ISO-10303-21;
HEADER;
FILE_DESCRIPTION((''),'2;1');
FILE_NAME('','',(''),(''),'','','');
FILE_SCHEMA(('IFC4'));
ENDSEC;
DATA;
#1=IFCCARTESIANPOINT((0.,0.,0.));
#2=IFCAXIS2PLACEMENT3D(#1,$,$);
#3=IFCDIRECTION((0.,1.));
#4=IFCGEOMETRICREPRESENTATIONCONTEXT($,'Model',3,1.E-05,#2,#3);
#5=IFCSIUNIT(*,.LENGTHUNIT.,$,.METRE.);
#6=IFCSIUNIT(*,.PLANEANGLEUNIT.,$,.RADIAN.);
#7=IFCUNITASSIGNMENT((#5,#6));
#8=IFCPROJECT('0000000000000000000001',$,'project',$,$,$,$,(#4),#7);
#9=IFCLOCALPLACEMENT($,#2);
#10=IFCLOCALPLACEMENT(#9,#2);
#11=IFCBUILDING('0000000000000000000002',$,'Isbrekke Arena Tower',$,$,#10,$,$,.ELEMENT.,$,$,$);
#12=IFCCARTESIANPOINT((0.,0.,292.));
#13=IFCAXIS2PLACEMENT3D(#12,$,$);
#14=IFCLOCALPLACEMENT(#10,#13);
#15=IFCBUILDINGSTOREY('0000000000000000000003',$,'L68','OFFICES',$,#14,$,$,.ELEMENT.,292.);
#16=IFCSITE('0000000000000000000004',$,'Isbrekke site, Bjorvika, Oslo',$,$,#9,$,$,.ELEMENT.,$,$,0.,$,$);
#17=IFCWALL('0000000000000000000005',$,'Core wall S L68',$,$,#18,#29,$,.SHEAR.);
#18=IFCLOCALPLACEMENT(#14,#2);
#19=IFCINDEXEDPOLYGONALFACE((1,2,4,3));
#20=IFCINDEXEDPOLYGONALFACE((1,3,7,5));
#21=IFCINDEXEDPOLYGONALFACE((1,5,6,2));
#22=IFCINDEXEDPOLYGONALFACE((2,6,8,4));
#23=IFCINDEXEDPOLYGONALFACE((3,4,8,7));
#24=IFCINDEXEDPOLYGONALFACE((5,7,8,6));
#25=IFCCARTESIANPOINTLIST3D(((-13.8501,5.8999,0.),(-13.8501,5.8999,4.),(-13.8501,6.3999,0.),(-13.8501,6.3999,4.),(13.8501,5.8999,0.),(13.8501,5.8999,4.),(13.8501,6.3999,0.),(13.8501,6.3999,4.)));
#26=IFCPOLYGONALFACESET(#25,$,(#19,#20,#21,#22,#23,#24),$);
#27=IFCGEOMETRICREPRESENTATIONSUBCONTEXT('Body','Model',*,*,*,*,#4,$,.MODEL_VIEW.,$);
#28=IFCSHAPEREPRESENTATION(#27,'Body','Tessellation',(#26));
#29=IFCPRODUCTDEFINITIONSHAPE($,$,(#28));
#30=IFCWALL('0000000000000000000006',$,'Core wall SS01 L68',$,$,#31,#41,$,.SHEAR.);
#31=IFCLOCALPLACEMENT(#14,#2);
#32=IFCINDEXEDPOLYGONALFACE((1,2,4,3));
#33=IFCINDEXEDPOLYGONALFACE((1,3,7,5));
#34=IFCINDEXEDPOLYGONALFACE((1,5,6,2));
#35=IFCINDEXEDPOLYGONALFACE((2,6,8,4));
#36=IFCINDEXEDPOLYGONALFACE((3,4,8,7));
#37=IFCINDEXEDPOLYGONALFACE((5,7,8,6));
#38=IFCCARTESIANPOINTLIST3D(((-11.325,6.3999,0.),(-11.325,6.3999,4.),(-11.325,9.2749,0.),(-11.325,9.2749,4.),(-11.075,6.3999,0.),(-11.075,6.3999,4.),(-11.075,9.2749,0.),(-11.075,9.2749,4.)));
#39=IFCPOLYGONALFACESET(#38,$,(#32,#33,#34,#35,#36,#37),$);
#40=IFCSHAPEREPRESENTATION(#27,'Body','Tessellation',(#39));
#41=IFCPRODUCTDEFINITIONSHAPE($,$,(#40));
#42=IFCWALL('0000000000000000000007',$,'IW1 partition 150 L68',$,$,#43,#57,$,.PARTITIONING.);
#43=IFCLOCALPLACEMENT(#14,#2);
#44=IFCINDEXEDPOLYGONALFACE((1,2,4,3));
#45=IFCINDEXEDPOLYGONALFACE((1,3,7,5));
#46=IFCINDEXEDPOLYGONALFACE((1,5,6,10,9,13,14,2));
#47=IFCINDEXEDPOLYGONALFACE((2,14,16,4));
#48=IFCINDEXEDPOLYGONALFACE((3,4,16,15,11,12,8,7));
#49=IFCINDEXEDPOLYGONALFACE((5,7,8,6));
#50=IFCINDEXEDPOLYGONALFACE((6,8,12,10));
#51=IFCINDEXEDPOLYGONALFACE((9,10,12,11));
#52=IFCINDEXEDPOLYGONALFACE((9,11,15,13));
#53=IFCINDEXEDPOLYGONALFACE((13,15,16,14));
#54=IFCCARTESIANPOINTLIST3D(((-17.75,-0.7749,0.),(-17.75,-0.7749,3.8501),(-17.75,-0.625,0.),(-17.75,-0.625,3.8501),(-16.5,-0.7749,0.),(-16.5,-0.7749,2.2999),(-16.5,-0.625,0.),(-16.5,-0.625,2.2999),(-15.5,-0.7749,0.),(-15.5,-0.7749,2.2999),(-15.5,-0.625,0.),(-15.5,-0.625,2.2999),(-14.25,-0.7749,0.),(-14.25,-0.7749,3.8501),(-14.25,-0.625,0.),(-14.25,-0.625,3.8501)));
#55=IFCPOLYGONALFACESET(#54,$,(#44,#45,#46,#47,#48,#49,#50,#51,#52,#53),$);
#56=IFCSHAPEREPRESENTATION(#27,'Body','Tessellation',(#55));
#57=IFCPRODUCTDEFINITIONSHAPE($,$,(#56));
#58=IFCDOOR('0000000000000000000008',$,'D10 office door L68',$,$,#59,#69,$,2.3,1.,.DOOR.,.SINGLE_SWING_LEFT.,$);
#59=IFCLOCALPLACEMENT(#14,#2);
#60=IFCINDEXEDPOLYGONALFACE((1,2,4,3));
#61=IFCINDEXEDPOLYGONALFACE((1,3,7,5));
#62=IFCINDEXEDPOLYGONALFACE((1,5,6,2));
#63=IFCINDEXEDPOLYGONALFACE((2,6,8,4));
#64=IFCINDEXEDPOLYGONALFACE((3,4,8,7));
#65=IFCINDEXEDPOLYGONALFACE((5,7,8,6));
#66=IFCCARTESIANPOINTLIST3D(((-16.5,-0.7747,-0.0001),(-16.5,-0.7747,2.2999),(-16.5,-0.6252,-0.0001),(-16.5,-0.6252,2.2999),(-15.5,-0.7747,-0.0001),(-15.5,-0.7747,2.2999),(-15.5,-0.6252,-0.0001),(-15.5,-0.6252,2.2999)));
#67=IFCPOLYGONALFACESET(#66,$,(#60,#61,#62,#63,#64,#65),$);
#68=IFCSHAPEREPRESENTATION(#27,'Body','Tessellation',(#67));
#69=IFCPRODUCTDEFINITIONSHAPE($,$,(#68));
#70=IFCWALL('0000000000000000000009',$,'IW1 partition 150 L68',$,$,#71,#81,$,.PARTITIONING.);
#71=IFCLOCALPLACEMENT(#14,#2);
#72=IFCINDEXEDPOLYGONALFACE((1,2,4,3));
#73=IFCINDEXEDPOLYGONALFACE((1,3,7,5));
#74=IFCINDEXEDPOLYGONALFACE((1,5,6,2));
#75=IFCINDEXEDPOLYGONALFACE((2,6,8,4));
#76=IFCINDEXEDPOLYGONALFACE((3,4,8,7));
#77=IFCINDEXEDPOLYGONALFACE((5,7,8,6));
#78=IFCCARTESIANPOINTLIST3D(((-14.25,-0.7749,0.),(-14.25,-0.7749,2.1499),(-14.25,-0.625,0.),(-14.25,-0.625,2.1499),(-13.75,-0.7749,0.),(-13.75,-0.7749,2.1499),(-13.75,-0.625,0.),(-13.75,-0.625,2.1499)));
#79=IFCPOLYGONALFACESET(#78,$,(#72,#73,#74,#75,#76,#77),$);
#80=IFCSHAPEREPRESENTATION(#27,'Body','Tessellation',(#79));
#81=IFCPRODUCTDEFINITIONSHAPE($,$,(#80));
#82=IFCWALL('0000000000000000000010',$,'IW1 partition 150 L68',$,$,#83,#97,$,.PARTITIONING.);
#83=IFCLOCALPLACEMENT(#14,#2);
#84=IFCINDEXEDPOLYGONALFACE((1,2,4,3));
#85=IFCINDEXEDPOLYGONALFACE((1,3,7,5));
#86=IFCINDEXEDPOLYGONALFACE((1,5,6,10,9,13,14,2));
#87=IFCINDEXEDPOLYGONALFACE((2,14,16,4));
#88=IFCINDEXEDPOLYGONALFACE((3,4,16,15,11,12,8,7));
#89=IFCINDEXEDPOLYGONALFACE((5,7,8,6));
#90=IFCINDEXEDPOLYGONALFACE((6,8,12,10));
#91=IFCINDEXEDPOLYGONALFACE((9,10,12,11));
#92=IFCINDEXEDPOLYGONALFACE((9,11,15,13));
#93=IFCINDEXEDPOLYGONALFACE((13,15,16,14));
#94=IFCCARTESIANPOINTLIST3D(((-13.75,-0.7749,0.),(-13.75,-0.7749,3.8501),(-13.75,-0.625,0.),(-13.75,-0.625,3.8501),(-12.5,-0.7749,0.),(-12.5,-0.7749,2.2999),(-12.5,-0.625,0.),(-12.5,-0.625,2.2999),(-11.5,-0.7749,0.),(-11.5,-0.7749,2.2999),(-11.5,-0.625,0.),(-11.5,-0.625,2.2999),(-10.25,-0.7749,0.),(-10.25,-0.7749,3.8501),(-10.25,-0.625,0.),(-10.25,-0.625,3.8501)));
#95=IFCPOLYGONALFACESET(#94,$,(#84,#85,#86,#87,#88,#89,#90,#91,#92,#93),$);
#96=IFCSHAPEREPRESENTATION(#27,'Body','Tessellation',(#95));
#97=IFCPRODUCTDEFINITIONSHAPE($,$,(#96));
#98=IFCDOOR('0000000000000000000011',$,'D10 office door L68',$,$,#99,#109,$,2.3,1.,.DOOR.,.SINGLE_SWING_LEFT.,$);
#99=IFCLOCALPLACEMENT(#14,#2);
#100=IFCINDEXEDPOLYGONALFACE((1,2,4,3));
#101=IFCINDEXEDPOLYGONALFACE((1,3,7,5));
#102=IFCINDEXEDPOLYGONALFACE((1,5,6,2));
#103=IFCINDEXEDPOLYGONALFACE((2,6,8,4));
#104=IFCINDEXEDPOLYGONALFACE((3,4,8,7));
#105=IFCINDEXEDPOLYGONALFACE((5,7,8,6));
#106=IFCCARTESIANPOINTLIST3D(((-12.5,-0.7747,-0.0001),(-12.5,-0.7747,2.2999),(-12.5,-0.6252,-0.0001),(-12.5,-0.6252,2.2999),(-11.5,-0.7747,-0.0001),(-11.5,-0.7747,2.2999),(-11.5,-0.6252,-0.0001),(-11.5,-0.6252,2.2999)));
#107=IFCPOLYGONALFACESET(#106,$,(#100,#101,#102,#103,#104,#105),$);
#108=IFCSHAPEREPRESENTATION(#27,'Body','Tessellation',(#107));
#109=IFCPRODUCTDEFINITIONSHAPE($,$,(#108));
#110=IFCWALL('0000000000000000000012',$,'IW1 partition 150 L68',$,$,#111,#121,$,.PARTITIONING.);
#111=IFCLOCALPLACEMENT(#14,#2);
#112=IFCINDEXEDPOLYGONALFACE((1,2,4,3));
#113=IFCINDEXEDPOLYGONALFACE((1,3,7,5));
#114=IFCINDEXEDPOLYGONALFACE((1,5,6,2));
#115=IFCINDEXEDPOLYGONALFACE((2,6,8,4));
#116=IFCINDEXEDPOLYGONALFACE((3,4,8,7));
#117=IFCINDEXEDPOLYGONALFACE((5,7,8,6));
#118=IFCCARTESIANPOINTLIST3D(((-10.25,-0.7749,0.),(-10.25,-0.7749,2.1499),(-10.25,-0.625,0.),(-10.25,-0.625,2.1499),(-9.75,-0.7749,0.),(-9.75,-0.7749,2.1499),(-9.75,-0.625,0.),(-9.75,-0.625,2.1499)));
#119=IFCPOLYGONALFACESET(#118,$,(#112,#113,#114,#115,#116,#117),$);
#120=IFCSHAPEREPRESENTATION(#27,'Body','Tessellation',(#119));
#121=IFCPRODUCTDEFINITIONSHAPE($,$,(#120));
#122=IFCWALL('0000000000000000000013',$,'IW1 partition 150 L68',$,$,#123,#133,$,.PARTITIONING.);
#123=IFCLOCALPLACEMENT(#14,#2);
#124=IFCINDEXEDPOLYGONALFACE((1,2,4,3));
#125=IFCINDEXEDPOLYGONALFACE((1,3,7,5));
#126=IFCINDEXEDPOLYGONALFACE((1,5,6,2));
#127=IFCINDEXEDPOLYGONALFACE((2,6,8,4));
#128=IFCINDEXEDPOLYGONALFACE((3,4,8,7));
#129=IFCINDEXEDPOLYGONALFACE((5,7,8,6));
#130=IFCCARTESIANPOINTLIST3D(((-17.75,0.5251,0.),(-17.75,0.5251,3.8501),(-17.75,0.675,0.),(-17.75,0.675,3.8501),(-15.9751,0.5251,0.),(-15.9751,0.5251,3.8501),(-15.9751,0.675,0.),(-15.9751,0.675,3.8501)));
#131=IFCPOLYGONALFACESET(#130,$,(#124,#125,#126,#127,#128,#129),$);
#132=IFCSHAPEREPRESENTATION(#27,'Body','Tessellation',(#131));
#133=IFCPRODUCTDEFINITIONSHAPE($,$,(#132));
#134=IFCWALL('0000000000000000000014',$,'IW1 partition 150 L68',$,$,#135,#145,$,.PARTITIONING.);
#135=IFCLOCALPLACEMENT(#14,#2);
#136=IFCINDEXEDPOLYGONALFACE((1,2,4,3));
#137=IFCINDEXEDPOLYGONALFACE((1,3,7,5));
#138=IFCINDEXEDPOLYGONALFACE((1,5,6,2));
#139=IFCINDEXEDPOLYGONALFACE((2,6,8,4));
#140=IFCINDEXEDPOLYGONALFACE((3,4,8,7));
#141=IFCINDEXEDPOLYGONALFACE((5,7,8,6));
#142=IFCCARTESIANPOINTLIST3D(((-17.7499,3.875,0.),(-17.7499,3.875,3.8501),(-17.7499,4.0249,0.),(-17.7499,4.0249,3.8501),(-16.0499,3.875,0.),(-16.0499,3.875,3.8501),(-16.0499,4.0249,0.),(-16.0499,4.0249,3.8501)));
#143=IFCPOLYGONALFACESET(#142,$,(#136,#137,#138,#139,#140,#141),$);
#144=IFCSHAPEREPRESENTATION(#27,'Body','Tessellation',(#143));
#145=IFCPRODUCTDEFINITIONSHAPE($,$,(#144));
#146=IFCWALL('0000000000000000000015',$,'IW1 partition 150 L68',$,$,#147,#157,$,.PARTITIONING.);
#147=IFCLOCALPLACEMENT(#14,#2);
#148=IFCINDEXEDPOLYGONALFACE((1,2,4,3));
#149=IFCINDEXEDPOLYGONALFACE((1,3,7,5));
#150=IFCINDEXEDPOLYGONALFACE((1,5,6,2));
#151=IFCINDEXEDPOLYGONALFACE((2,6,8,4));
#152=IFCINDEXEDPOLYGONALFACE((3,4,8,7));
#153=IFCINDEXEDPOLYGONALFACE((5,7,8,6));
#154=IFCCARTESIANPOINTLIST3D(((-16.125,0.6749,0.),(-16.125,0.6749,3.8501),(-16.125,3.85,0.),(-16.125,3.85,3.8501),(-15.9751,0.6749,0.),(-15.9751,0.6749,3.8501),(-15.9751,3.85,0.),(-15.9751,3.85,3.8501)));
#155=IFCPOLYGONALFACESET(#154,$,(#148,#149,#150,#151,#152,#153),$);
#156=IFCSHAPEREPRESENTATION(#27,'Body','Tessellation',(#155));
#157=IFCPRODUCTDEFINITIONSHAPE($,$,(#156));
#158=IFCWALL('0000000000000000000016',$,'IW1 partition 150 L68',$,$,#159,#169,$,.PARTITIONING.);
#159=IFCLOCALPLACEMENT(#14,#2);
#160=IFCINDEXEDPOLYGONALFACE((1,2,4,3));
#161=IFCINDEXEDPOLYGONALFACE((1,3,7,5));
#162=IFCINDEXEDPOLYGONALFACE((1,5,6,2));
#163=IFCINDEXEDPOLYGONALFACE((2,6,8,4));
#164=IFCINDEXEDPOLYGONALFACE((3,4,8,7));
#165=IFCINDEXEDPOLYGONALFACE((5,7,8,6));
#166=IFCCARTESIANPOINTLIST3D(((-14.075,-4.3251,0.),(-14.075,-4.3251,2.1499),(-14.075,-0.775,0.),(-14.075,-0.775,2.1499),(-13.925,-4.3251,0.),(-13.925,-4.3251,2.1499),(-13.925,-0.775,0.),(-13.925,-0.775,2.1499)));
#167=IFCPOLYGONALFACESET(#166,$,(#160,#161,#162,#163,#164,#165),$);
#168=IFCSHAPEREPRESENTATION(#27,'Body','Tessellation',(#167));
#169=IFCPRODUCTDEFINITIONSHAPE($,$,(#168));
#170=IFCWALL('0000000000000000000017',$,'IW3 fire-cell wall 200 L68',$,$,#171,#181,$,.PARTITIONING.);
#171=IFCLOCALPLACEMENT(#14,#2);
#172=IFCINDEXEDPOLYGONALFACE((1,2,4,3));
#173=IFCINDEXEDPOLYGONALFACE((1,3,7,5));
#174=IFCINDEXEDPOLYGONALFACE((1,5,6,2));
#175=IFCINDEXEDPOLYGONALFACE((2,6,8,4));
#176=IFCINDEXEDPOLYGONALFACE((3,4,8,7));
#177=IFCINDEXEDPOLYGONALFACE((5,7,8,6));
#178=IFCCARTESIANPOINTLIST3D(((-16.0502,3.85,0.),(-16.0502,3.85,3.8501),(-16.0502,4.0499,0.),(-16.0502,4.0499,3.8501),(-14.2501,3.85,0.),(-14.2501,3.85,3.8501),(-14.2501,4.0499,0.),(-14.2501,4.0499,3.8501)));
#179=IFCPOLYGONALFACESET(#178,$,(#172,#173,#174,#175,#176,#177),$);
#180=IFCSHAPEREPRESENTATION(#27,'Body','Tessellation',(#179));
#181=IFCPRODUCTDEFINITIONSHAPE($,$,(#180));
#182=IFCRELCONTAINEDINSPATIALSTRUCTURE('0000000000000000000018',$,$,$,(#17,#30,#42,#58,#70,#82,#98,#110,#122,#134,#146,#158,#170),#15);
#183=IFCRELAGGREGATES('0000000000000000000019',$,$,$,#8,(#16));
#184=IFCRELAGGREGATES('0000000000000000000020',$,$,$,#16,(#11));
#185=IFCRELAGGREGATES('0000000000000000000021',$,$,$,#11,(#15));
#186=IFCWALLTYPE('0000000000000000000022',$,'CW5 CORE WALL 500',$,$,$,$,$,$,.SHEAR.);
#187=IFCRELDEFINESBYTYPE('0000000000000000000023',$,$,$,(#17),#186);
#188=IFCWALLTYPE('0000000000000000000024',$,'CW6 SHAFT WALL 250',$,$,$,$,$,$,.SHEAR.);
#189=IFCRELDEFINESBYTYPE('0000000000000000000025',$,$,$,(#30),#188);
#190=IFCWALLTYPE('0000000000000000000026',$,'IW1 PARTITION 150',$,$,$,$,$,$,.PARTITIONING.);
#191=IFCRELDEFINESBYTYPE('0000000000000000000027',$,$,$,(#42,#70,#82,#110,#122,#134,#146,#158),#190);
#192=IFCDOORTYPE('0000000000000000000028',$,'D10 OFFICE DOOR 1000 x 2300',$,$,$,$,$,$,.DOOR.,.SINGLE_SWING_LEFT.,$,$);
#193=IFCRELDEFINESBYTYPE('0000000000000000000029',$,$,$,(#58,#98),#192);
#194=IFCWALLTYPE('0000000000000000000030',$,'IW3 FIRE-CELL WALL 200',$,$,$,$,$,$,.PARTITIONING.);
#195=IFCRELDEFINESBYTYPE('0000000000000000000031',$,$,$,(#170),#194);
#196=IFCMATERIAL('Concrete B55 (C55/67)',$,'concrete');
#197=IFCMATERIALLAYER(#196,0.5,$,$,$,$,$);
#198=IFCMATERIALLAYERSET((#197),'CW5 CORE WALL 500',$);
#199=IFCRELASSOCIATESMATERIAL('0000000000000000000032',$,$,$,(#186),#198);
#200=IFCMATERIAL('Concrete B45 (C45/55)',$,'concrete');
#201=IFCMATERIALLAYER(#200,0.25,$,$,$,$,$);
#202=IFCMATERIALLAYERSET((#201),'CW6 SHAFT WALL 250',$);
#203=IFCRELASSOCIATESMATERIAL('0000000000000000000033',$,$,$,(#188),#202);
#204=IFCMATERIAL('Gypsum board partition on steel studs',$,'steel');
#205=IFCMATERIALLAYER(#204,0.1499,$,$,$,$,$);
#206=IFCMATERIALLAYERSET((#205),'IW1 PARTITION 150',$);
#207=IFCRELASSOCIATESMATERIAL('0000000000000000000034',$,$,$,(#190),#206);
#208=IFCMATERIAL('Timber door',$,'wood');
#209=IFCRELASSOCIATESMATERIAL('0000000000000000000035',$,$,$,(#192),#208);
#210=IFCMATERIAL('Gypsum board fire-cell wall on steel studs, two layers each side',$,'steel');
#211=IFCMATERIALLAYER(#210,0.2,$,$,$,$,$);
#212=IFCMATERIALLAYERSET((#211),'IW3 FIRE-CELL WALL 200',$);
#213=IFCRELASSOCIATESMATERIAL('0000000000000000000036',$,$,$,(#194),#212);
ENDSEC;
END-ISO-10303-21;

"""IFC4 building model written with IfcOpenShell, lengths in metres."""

from ifc_helpers import new_model, si_unit, direction, frame, frame_2d, origin, place, context, subcontext, project, spatial, rectangle, extrude, material, layer, layer_set, type_object, element, fill, save


model = new_model("IFC4")

# Units and contexts
model_context = context("Model", 3, precision=1e-05, world=origin(), true_north=direction((0.0, 1.0)))
body_context = subcontext(model_context, "Body", "Model", "MODEL_VIEW")
ifc_project = project(units=[si_unit("LENGTHUNIT", "METRE"), si_unit("PLANEANGLEUNIT", "RADIAN")], contexts=[model_context])

# Site, building, storey
site_placement = place(None, origin())
site = spatial("IfcSite", under=ifc_project, at=site_placement, Name="Isbrekke site, Bjorvika, Oslo", CompositionType="ELEMENT", RefElevation=0.0)
building_placement = place(site_placement, origin())
building = spatial("IfcBuilding", under=site, at=building_placement, Name="Isbrekke Arena Tower", CompositionType="ELEMENT")
storey_placement = place(building_placement, frame((0.0, 0.0, 292.0)))
storey = spatial("IfcBuildingStorey", under=building, at=storey_placement, Name="L68", Description="OFFICES", CompositionType="ELEMENT", Elevation=292.0)

# Walls
ifc_material_1 = material(Name="Concrete B55 (C55/67)", Category="concrete")
ifc_layer_1 = layer(ifc_material_1, 0.5)
ifc_layer_set_1 = layer_set([ifc_layer_1], Name="CW5 CORE WALL 500")
wall_type_1 = type_object("IfcWallType", Name="CW5 CORE WALL 500", PredefinedType="SHEAR", material=ifc_layer_set_1)
wall_1_placement = place(storey_placement, frame((-13.8501, 6.1499, 0.0), z_axis=(0.0, 0.0, 1.0), x_axis=(1.0, 0.0, 0.0)))
element("IfcWall", 1, at=wall_1_placement, inside=storey, type_object=wall_type_1, Name="Core wall S L68", PredefinedType="SHEAR", context=body_context, shape_type="SweptSolid", body=[
    extrude(rectangle(XDim=27.7002, YDim=0.5, at=frame_2d((13.8501, 0.0))), origin(), (0.0, 0.0, 1.0), 4.0),
])
ifc_material_2 = material(Name="Concrete B45 (C45/55)", Category="concrete")
ifc_layer_2 = layer(ifc_material_2, 0.25)
ifc_layer_set_2 = layer_set([ifc_layer_2], Name="CW6 SHAFT WALL 250")
wall_type_2 = type_object("IfcWallType", Name="CW6 SHAFT WALL 250", PredefinedType="SHEAR", material=ifc_layer_set_2)
wall_2_placement = place(storey_placement, frame((-11.2, 6.3999, 0.0), z_axis=(0.0, 0.0, 1.0), x_axis=(0.0, 1.0, 0.0)))
element("IfcWall", 2, at=wall_2_placement, inside=storey, type_object=wall_type_2, Name="Core wall SS01 L68", PredefinedType="SHEAR", context=body_context, shape_type="SweptSolid", body=[
    extrude(rectangle(XDim=2.875, YDim=0.25, at=frame_2d((1.4375, 0.0))), origin(), (0.0, 0.0, 1.0), 4.0),
])

# Wall, opening, door
ifc_material_3 = material(Name="Gypsum board partition on steel studs", Category="steel")
ifc_layer_3 = layer(ifc_material_3, 0.1499)
ifc_layer_set_3 = layer_set([ifc_layer_3], Name="IW1 PARTITION 150")
wall_type_3 = type_object("IfcWallType", Name="IW1 PARTITION 150", PredefinedType="PARTITIONING", material=ifc_layer_set_3)
wall_3_placement = place(storey_placement, frame((-17.75, -0.7, 0.0), z_axis=(0.0, 0.0, 1.0), x_axis=(1.0, 0.0, 0.0)))
wall_3 = element("IfcWall", 3, at=wall_3_placement, inside=storey, type_object=wall_type_3, Name="IW1 partition 150 L68", PredefinedType="PARTITIONING", context=body_context, shape_type="SweptSolid", body=[
    extrude(rectangle(XDim=3.5, YDim=0.1499, at=frame_2d((1.75, 0.0))), origin(), (0.0, 0.0, 1.0), 3.8501),
])
opening_1_placement = place(wall_3_placement, frame((1.25, 0.0, 0.0)))
opening_1 = element("IfcOpeningElement", 4, at=opening_1_placement, cuts=wall_3, PredefinedType="OPENING", context=body_context, shape_type="SweptSolid", body=[
    extrude(rectangle(XDim=1.0, YDim=2.3, at=frame_2d((0.5, 1.1499))), frame((0.0, 0.0898, 0.0), z_axis=(0.0, -1.0, 0.0), x_axis=(1.0, 0.0, 0.0)), (0.0, 0.0, 1.0), 0.1797),
])
ifc_material_4 = material(Name="Timber door", Category="wood")
door_type_1 = type_object("IfcDoorType", Name="D10 OFFICE DOOR 1000 x 2300", OperationType="SINGLE_SWING_LEFT", PredefinedType="DOOR", material=ifc_material_4)
door_1_placement = place(opening_1_placement, origin())
door_1 = element("IfcDoor", 5, at=door_1_placement, inside=storey, type_object=door_type_1, Name="D10 office door L68", OperationType="SINGLE_SWING_LEFT", OverallHeight=2.3, OverallWidth=1.0, PredefinedType="DOOR", context=body_context, shape_type="SweptSolid", body=[
    extrude(rectangle(XDim=1.0, YDim=2.3, at=frame_2d((0.5, 1.1499))), frame((0.0, 0.0747, 0.0), z_axis=(0.0, -1.0, 0.0), x_axis=(1.0, 0.0, 0.0)), (0.0, 0.0, 1.0), 0.1494),
])
fill(opening_1, door_1)

# Wall
wall_4_placement = place(storey_placement, frame((-14.25, -0.7, 0.0), z_axis=(0.0, 0.0, 1.0), x_axis=(1.0, 0.0, 0.0)))
element("IfcWall", 6, at=wall_4_placement, inside=storey, type_object=wall_type_3, Name="IW1 partition 150 L68", PredefinedType="PARTITIONING", context=body_context, shape_type="SweptSolid", body=[
    extrude(rectangle(XDim=0.5, YDim=0.1499, at=frame_2d((0.25, 0.0))), origin(), (0.0, 0.0, 1.0), 2.1499),
])

# Wall, opening, door
wall_5_placement = place(storey_placement, frame((-13.75, -0.7, 0.0), z_axis=(0.0, 0.0, 1.0), x_axis=(1.0, 0.0, 0.0)))
wall_5 = element("IfcWall", 7, at=wall_5_placement, inside=storey, type_object=wall_type_3, Name="IW1 partition 150 L68", PredefinedType="PARTITIONING", context=body_context, shape_type="SweptSolid", body=[
    extrude(rectangle(XDim=3.5, YDim=0.1499, at=frame_2d((1.75, 0.0))), origin(), (0.0, 0.0, 1.0), 3.8501),
])
opening_2_placement = place(wall_5_placement, frame((1.25, 0.0, 0.0)))
opening_2 = element("IfcOpeningElement", 8, at=opening_2_placement, cuts=wall_5, PredefinedType="OPENING", context=body_context, shape_type="SweptSolid", body=[
    extrude(rectangle(XDim=1.0, YDim=2.3, at=frame_2d((0.5, 1.1499))), frame((0.0, 0.0898, 0.0), z_axis=(0.0, -1.0, 0.0), x_axis=(1.0, 0.0, 0.0)), (0.0, 0.0, 1.0), 0.1797),
])
door_2_placement = place(opening_2_placement, origin())
door_2 = element("IfcDoor", 9, at=door_2_placement, inside=storey, type_object=door_type_1, Name="D10 office door L68", OperationType="SINGLE_SWING_LEFT", OverallHeight=2.3, OverallWidth=1.0, PredefinedType="DOOR", context=body_context, shape_type="SweptSolid", body=[
    extrude(rectangle(XDim=1.0, YDim=2.3, at=frame_2d((0.5, 1.1499))), frame((0.0, 0.0747, 0.0), z_axis=(0.0, -1.0, 0.0), x_axis=(1.0, 0.0, 0.0)), (0.0, 0.0, 1.0), 0.1494),
])
fill(opening_2, door_2)

# Walls
wall_6_placement = place(storey_placement, frame((-10.25, -0.7, 0.0), z_axis=(0.0, 0.0, 1.0), x_axis=(1.0, 0.0, 0.0)))
element("IfcWall", 10, at=wall_6_placement, inside=storey, type_object=wall_type_3, Name="IW1 partition 150 L68", PredefinedType="PARTITIONING", context=body_context, shape_type="SweptSolid", body=[
    extrude(rectangle(XDim=0.5, YDim=0.1499, at=frame_2d((0.25, 0.0))), origin(), (0.0, 0.0, 1.0), 2.1499),
])
wall_7_placement = place(storey_placement, frame((-17.75, 0.6001, 0.0), z_axis=(0.0, 0.0, 1.0), x_axis=(1.0, 0.0, 0.0)))
element("IfcWall", 11, at=wall_7_placement, inside=storey, type_object=wall_type_3, Name="IW1 partition 150 L68", PredefinedType="PARTITIONING", context=body_context, shape_type="SweptSolid", body=[
    extrude(rectangle(XDim=1.7749, YDim=0.1499, at=frame_2d((0.8875, 0.0))), origin(), (0.0, 0.0, 1.0), 3.8501),
])
wall_8_placement = place(storey_placement, frame((-17.75, 3.95, 0.0), z_axis=(0.0, 0.0, 1.0), x_axis=(1.0, 0.0, 0.0)))
element("IfcWall", 12, at=wall_8_placement, inside=storey, type_object=wall_type_3, Name="IW1 partition 150 L68", PredefinedType="PARTITIONING", context=body_context, shape_type="SweptSolid", body=[
    extrude(rectangle(XDim=1.7, YDim=0.1499, at=frame_2d((0.8501, 0.0))), origin(), (0.0, 0.0, 1.0), 3.8501),
])
wall_9_placement = place(storey_placement, frame((-16.05, 0.675, 0.0), z_axis=(0.0, 0.0, 1.0), x_axis=(0.0, 1.0, 0.0)))
element("IfcWall", 13, at=wall_9_placement, inside=storey, type_object=wall_type_3, Name="IW1 partition 150 L68", PredefinedType="PARTITIONING", context=body_context, shape_type="SweptSolid", body=[
    extrude(rectangle(XDim=3.175, YDim=0.1499, at=frame_2d((1.5874, 0.0))), origin(), (0.0, 0.0, 1.0), 3.8501),
])
wall_10_placement = place(storey_placement, frame((-14.0, -4.325, 0.0), z_axis=(0.0, 0.0, 1.0), x_axis=(0.0, 1.0, 0.0)))
element("IfcWall", 14, at=wall_10_placement, inside=storey, type_object=wall_type_3, Name="IW1 partition 150 L68", PredefinedType="PARTITIONING", context=body_context, shape_type="SweptSolid", body=[
    extrude(rectangle(XDim=3.55, YDim=0.1499, at=frame_2d((1.7749, 0.0))), origin(), (0.0, 0.0, 1.0), 2.1499),
])
ifc_material_5 = material(Name="Gypsum board fire-cell wall on steel studs, two layers each side", Category="steel")
ifc_layer_4 = layer(ifc_material_5, 0.2)
ifc_layer_set_4 = layer_set([ifc_layer_4], Name="IW3 FIRE-CELL WALL 200")
wall_type_4 = type_object("IfcWallType", Name="IW3 FIRE-CELL WALL 200", PredefinedType="PARTITIONING", material=ifc_layer_set_4)
wall_11_placement = place(storey_placement, frame((-16.05, 3.95, 0.0), z_axis=(0.0, 0.0, 1.0), x_axis=(1.0, 0.0, 0.0)))
element("IfcWall", 15, at=wall_11_placement, inside=storey, type_object=wall_type_4, Name="IW3 fire-cell wall 200 L68", PredefinedType="PARTITIONING", context=body_context, shape_type="SweptSolid", body=[
    extrude(rectangle(XDim=1.8, YDim=0.2, at=frame_2d((0.8999, 0.0))), origin(), (0.0, 0.0, 1.0), 3.8501),
])

save(model, "model.ifc")
